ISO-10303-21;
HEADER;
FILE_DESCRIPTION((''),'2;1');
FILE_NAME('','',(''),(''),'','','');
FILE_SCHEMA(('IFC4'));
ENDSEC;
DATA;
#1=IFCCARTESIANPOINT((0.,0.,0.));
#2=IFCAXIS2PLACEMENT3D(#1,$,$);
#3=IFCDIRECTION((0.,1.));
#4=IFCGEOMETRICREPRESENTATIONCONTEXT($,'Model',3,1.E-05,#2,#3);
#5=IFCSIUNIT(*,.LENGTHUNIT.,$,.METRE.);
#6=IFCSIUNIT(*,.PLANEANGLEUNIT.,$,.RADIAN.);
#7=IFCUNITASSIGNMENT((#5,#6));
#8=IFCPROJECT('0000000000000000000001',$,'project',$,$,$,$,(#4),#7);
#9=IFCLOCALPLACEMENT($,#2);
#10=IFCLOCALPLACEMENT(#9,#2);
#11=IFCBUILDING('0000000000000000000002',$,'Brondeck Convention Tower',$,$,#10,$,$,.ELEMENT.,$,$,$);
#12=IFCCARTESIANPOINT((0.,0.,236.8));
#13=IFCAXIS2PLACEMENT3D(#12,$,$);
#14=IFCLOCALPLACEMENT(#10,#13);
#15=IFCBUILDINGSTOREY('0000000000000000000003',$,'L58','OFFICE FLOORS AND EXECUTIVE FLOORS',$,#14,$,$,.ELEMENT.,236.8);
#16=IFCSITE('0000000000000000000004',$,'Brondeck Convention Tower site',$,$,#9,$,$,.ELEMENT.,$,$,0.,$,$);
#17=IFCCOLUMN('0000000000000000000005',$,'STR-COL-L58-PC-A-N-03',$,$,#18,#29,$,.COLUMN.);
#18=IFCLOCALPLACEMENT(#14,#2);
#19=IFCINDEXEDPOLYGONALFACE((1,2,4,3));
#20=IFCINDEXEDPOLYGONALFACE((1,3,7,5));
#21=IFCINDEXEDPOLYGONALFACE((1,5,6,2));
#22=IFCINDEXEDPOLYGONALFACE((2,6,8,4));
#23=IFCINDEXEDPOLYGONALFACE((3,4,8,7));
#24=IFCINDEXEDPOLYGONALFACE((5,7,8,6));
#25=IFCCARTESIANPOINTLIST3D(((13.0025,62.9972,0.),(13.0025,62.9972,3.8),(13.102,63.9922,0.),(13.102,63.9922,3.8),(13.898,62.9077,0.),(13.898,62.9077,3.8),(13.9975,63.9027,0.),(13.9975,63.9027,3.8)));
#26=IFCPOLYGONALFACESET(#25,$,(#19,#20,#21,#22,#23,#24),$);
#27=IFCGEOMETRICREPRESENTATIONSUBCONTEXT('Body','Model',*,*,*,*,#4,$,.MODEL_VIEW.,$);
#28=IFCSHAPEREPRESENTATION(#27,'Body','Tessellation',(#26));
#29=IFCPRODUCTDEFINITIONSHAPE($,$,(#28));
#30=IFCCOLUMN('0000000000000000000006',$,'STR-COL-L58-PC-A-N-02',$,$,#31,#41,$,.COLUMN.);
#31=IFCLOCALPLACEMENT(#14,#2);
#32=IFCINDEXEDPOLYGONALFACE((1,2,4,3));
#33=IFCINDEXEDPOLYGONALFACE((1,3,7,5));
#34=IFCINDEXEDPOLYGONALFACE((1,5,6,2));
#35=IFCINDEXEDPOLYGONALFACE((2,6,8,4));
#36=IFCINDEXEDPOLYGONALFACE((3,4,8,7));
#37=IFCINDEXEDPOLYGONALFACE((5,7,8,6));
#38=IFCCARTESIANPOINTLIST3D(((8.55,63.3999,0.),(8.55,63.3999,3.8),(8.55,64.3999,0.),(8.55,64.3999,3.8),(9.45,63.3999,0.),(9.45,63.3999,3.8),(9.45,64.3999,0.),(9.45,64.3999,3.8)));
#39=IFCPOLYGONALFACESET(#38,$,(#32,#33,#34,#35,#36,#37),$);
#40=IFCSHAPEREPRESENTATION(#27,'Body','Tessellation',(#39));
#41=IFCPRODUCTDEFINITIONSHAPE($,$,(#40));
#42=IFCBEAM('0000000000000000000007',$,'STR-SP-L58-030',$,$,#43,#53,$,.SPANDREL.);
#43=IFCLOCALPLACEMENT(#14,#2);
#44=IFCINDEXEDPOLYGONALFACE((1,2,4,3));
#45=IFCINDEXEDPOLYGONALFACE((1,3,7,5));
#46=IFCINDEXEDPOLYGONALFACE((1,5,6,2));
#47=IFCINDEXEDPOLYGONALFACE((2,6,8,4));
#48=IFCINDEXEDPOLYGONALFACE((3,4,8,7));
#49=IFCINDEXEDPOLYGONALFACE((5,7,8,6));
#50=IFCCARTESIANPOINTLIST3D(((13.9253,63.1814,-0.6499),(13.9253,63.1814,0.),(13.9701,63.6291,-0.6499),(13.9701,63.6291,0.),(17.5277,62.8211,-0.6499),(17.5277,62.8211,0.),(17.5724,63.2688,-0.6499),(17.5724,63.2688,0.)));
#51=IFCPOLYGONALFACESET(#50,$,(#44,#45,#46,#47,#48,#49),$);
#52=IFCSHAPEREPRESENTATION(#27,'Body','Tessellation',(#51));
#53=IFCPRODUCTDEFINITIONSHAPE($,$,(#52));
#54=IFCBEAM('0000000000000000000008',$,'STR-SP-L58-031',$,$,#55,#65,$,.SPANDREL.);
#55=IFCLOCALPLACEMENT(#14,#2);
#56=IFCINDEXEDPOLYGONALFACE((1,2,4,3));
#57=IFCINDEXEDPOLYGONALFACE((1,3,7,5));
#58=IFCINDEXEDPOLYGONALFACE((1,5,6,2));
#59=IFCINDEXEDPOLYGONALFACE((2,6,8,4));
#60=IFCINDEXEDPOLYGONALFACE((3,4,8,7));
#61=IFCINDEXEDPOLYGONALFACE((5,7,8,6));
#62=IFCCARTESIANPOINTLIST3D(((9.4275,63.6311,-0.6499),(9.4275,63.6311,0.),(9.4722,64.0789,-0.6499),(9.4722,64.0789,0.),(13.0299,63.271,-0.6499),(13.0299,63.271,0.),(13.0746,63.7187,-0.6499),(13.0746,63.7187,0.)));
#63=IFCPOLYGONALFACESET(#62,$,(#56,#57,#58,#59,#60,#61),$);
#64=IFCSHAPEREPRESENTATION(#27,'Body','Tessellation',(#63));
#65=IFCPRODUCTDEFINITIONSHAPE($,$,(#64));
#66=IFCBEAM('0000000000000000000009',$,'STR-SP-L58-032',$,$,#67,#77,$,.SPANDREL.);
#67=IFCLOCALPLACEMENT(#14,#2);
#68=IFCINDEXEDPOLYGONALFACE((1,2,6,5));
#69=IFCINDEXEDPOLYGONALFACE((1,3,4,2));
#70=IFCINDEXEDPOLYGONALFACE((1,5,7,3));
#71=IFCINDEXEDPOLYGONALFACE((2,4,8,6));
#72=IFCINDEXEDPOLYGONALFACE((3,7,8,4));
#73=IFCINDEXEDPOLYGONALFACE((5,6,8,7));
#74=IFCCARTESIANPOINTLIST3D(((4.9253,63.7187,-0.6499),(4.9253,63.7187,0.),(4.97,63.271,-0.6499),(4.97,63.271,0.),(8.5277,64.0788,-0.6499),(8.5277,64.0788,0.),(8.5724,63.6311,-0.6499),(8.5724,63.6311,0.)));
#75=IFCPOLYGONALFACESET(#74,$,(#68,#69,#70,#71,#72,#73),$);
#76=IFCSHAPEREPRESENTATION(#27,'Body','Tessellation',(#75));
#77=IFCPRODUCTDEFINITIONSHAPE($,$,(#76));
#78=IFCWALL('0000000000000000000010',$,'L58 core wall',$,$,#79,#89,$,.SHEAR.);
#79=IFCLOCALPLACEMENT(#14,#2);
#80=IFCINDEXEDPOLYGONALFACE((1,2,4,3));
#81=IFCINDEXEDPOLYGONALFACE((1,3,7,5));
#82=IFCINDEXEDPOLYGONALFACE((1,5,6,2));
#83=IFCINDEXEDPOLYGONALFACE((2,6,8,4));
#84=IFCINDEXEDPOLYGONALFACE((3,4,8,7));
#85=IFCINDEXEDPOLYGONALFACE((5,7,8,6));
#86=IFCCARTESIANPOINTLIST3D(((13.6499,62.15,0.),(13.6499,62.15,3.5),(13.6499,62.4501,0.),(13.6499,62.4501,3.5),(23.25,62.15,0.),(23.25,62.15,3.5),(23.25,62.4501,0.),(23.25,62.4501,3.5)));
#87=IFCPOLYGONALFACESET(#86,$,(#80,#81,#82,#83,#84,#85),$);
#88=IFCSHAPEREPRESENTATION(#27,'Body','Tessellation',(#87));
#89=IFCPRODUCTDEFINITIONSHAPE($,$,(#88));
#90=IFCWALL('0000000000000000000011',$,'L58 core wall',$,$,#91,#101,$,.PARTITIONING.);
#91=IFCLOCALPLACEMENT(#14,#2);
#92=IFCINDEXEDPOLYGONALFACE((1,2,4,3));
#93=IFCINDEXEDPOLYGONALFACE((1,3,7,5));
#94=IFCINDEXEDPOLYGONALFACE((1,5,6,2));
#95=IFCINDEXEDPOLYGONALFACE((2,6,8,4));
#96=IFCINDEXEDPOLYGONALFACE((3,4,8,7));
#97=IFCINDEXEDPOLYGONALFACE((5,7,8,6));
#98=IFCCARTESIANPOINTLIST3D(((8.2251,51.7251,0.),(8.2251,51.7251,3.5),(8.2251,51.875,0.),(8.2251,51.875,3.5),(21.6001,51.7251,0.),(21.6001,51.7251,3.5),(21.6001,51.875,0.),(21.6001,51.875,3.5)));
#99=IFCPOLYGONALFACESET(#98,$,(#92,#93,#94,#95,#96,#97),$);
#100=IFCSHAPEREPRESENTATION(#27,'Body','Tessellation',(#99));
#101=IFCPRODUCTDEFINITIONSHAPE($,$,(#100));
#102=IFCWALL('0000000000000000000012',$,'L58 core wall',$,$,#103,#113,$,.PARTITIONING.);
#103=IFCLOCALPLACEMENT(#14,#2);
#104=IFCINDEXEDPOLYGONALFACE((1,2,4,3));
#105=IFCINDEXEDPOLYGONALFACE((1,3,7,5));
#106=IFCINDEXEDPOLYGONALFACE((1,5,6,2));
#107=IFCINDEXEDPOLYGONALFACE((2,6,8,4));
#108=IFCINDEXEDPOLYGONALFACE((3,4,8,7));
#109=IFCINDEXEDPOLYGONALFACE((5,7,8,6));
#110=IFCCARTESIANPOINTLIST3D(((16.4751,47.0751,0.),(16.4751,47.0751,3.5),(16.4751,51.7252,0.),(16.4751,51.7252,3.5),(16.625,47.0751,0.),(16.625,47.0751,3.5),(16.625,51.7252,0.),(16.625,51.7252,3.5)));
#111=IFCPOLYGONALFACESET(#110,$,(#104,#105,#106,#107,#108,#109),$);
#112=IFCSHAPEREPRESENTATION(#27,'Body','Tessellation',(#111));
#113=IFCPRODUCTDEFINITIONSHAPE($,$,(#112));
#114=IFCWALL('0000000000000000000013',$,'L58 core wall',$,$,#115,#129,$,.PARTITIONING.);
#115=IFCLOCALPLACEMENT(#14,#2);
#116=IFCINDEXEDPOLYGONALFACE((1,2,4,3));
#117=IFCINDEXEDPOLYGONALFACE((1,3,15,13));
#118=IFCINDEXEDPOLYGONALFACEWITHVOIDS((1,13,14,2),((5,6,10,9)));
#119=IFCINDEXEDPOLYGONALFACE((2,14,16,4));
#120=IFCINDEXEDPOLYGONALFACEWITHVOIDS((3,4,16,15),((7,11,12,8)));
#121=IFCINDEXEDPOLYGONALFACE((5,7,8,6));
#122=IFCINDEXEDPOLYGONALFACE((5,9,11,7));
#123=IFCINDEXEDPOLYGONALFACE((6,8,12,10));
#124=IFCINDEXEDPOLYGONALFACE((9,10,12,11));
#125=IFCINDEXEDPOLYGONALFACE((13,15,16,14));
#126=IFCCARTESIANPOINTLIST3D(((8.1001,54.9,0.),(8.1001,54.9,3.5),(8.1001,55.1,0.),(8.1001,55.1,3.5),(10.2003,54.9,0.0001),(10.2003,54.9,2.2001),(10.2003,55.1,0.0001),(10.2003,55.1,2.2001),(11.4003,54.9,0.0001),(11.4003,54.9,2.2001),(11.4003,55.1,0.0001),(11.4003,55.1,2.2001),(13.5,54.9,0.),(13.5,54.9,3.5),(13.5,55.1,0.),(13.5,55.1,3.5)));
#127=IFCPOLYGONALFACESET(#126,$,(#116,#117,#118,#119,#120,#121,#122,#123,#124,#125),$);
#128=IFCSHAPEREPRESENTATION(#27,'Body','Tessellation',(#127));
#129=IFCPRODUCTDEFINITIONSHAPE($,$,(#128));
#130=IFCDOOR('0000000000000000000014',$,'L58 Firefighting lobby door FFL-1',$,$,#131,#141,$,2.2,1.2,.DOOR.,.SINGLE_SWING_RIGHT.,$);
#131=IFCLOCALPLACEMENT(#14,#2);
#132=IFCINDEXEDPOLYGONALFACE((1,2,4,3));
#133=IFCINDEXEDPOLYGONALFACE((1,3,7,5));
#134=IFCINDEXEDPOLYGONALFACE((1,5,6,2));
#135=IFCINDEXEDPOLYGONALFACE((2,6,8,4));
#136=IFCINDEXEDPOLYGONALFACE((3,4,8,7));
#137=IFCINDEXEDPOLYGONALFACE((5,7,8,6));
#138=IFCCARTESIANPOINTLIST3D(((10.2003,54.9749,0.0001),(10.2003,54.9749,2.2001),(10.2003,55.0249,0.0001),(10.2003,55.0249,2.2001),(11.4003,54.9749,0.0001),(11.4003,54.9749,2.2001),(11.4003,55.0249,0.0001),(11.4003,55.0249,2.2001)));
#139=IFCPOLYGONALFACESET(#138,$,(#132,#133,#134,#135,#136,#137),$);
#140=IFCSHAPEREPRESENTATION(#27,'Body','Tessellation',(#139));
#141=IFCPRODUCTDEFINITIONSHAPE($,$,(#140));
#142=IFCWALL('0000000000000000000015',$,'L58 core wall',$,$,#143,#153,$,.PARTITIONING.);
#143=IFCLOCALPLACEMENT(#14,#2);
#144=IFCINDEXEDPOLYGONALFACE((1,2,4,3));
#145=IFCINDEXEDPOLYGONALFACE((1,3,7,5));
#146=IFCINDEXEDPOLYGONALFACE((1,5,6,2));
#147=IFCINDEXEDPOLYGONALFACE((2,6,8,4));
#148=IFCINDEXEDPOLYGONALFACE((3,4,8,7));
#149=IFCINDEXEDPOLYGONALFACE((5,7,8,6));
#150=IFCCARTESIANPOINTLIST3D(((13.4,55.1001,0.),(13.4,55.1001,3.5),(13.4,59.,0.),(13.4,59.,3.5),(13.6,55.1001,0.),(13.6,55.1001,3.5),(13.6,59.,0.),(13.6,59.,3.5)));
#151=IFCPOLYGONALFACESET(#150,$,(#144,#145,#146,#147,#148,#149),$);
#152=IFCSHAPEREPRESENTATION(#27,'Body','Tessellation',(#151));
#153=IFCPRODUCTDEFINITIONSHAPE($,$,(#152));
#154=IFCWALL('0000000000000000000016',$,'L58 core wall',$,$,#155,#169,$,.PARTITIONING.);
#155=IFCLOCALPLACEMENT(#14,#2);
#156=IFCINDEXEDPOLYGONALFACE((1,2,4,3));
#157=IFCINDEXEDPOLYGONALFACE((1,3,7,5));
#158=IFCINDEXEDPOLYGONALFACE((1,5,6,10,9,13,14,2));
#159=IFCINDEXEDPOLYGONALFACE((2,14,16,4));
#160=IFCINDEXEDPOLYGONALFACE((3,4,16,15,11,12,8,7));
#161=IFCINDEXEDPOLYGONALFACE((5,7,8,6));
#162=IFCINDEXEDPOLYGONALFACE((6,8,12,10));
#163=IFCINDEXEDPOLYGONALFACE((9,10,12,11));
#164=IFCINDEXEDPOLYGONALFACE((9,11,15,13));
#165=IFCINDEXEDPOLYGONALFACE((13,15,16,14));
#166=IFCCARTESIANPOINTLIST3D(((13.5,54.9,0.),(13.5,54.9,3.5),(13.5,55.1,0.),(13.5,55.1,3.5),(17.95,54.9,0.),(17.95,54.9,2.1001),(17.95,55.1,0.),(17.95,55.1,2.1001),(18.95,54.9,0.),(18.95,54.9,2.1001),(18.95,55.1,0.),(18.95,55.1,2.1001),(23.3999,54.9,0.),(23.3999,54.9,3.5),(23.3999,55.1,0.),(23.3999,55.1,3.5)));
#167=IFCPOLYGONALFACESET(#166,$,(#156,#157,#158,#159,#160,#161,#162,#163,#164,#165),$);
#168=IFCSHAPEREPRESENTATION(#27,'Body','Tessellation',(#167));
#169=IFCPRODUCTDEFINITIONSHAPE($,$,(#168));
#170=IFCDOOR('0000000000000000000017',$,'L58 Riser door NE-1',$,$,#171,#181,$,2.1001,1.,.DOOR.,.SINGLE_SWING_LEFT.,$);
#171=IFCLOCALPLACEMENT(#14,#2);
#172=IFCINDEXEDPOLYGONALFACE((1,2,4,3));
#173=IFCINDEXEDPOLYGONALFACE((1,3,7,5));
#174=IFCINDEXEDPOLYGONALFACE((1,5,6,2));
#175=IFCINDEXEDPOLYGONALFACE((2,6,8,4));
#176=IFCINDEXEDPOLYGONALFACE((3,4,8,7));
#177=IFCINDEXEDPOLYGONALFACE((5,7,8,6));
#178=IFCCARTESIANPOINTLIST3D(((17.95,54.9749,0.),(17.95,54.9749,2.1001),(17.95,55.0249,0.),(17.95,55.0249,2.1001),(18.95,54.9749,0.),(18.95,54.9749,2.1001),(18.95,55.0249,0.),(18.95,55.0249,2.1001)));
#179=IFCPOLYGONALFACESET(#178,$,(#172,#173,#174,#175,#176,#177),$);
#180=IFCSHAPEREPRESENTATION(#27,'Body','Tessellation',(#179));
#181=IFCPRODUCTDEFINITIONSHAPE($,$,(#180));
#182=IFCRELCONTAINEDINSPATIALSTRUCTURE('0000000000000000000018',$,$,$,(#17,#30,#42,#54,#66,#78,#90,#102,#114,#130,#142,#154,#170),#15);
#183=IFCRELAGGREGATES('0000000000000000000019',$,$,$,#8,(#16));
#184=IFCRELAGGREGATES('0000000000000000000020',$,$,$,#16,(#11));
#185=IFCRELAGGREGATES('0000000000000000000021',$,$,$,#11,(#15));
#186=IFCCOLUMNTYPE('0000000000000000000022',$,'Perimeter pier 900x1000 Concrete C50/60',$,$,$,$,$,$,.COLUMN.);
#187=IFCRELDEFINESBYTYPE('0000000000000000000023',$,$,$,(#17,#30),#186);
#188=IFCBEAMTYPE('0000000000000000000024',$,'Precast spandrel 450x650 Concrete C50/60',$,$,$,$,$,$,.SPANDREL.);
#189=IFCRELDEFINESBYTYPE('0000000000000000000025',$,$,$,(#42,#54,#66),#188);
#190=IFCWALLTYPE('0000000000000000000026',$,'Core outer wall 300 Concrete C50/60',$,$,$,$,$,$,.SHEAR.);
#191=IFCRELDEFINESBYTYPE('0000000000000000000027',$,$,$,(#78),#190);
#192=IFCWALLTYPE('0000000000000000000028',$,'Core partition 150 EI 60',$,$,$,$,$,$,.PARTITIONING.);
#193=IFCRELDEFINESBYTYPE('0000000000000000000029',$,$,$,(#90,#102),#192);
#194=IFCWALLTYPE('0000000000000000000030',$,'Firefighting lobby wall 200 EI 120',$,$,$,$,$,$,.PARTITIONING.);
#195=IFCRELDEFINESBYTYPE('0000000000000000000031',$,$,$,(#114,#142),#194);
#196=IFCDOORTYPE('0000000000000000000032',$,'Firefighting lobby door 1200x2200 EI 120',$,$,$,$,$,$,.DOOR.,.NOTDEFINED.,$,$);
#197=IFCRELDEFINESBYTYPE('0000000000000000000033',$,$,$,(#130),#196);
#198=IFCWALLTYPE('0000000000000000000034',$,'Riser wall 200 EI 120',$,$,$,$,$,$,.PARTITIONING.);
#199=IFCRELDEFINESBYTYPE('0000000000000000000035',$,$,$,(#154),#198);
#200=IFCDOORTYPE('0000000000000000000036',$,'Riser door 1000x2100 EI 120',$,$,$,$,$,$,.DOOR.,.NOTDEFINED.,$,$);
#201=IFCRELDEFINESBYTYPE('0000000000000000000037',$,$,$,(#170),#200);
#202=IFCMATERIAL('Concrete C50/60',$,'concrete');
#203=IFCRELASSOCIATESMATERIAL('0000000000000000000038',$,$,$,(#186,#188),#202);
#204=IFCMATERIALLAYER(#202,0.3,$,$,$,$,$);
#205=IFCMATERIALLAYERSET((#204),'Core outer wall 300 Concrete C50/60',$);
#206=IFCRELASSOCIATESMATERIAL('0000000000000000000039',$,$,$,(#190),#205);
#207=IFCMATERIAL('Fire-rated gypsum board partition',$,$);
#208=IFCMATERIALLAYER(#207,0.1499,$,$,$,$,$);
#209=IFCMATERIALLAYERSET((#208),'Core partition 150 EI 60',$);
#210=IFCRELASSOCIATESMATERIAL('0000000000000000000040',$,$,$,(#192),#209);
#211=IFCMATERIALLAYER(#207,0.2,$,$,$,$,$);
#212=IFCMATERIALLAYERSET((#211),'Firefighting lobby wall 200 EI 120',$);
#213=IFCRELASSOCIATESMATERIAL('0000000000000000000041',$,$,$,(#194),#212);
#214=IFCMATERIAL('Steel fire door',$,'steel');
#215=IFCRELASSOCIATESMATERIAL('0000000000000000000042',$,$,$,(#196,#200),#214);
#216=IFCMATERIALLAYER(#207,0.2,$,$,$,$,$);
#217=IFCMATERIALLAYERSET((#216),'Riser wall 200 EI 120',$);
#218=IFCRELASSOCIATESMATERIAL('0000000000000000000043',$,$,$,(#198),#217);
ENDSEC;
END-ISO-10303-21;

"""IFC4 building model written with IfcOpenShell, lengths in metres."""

from ifc_helpers import new_model, si_unit, direction, frame, frame_2d, origin, origin_2d, place, context, subcontext, project, spatial, rectangle, extrude, material, layer, layer_set, material_profile, profile_set, type_object, element, fill, save


model = new_model("IFC4")

# Units and contexts
model_context = context("Model", 3, precision=1e-05, world=origin(), true_north=direction((0.0, 1.0)))
body_context = subcontext(model_context, "Body", "Model", "MODEL_VIEW")
ifc_project = project(units=[si_unit("LENGTHUNIT", "METRE"), si_unit("PLANEANGLEUNIT", "RADIAN")], contexts=[model_context])

# Site, building, storey
site_placement = place(None, origin())
site = spatial("IfcSite", under=ifc_project, at=site_placement, Name="Brondeck Convention Tower site", CompositionType="ELEMENT", RefElevation=0.0)
building_placement = place(site_placement, origin())
building = spatial("IfcBuilding", under=site, at=building_placement, Name="Brondeck Convention Tower", CompositionType="ELEMENT")
storey_placement = place(building_placement, frame((0.0, 0.0, 236.8)))
storey = spatial("IfcBuildingStorey", under=building, at=storey_placement, Name="L58", Description="OFFICE FLOORS AND EXECUTIVE FLOORS", CompositionType="ELEMENT", Elevation=236.8)

# Columns
ifc_material_1 = material(Name="Concrete C50/60", Category="concrete")
ifc_material_profile_1 = material_profile(ifc_material_1, rectangle(XDim=0.8999, YDim=1.0, at=origin_2d()), Name="Perimeter pier 900x1000 Concrete C50/60")
ifc_profile_set_1 = profile_set([ifc_material_profile_1], Name="Concrete C50/60")
column_type = type_object("IfcColumnType", Name="Perimeter pier 900x1000 Concrete C50/60", PredefinedType="COLUMN", material=ifc_profile_set_1)
for number, where, z_axis, x_axis, name in (
    (1, (13.5, 63.45, 0.0), (0.0, 0.0, 1.0), (-0.995037, 0.099504, 0.0), "STR-COL-L58-PC-A-N-03"),
    (2, (9.0, 63.8999, 0.0), (0.0, 0.0, 1.0), (-1.0, 0.0, 0.0), "STR-COL-L58-PC-A-N-02"),
):
    element("IfcColumn", number, at=place(storey_placement, frame(where, z_axis=z_axis, x_axis=x_axis)), inside=storey, type_object=column_type, Name=name, PredefinedType="COLUMN", context=body_context, shape_type="SweptSolid", body=[
        extrude(rectangle(XDim=0.8999, YDim=1.0, at=origin_2d()), origin(), (0.0, 0.0, 1.0), 3.8),
    ])

# Beams
ifc_material_profile_2 = material_profile(ifc_material_1, rectangle(XDim=0.45, YDim=0.6499, at=origin_2d()), Name="Precast spandrel 450x650 Concrete C50/60")
ifc_profile_set_2 = profile_set([ifc_material_profile_2], Name="Concrete C50/60")
beam_type = type_object("IfcBeamType", Name="Precast spandrel 450x650 Concrete C50/60", PredefinedType="SPANDREL", material=ifc_profile_set_2)
for number, where, z_axis, x_axis, name in (
    (3, (17.55, 63.0449, -0.325), (-0.995034, 0.099537, 0.0), (-0.099537, -0.995034, 0.0), "STR-SP-L58-030"),
    (4, (13.0522, 63.4949, -0.325), (-0.995041, 0.09947, 0.0), (-0.09947, -0.995041, 0.0), "STR-SP-L58-031"),
    (5, (8.55, 63.855, -0.325), (-0.995041, -0.09947, 0.0), (0.09947, -0.995041, 0.0), "STR-SP-L58-032"),
):
    element("IfcBeam", number, at=place(storey_placement, frame(where, z_axis=z_axis, x_axis=x_axis)), inside=storey, type_object=beam_type, Name=name, PredefinedType="SPANDREL", context=body_context, shape_type="SweptSolid", body=[
        extrude(rectangle(XDim=0.45, YDim=0.6499, at=origin_2d()), origin(), (0.0, 0.0, 1.0), 3.6204),
    ])

# Walls
ifc_layer_1 = layer(ifc_material_1, 0.3)
ifc_layer_set_1 = layer_set([ifc_layer_1], Name="Core outer wall 300 Concrete C50/60")
wall_type_1 = type_object("IfcWallType", Name="Core outer wall 300 Concrete C50/60", PredefinedType="SHEAR", material=ifc_layer_set_1)
wall_1_placement = place(storey_placement, frame((13.6499, 62.3, 0.0), z_axis=(0.0, 0.0, 1.0), x_axis=(1.0, 0.0, 0.0)))
element("IfcWall", 6, at=wall_1_placement, inside=storey, type_object=wall_type_1, Name="L58 core wall", PredefinedType="SHEAR", context=body_context, shape_type="SweptSolid", body=[
    extrude(rectangle(XDim=9.6001, YDim=0.3, at=frame_2d((4.8, 0.0))), origin(), (0.0, 0.0, 1.0), 3.5),
])
ifc_material_2 = material(Name="Fire-rated gypsum board partition")
ifc_layer_2 = layer(ifc_material_2, 0.1499)
ifc_layer_set_2 = layer_set([ifc_layer_2], Name="Core partition 150 EI 60")
wall_type_2 = type_object("IfcWallType", Name="Core partition 150 EI 60", PredefinedType="PARTITIONING", material=ifc_layer_set_2)
wall_2_placement = place(storey_placement, frame((8.2251, 51.8, 0.0), z_axis=(0.0, 0.0, 1.0), x_axis=(1.0, 0.0, 0.0)))
element("IfcWall", 7, at=wall_2_placement, inside=storey, type_object=wall_type_2, Name="L58 core wall", PredefinedType="PARTITIONING", context=body_context, shape_type="SweptSolid", body=[
    extrude(rectangle(XDim=13.375, YDim=0.1499, at=frame_2d((6.6875, 0.0))), origin(), (0.0, 0.0, 1.0), 3.5),
])
wall_3_placement = place(storey_placement, frame((16.55, 47.075, 0.0), z_axis=(0.0, 0.0, 1.0), x_axis=(0.0, 1.0, 0.0)))
element("IfcWall", 8, at=wall_3_placement, inside=storey, type_object=wall_type_2, Name="L58 core wall", PredefinedType="PARTITIONING", context=body_context, shape_type="SweptSolid", body=[
    extrude(rectangle(XDim=4.6501, YDim=0.1499, at=frame_2d((2.3252, 0.0))), origin(), (0.0, 0.0, 1.0), 3.5),
])

# Wall, opening, door
ifc_layer_3 = layer(ifc_material_2, 0.2)
ifc_layer_set_3 = layer_set([ifc_layer_3], Name="Firefighting lobby wall 200 EI 120")
wall_type_3 = type_object("IfcWallType", Name="Firefighting lobby wall 200 EI 120", PredefinedType="PARTITIONING", material=ifc_layer_set_3)
wall_4_placement = place(storey_placement, frame((8.1001, 55.0, 0.0), z_axis=(0.0, 0.0, 1.0), x_axis=(1.0, 0.0, 0.0)))
wall_4 = element("IfcWall", 9, at=wall_4_placement, inside=storey, type_object=wall_type_3, Name="L58 core wall", PredefinedType="PARTITIONING", context=body_context, shape_type="SweptSolid", body=[
    extrude(rectangle(XDim=5.3999, YDim=0.2, at=frame_2d((2.7, 0.0))), origin(), (0.0, 0.0, 1.0), 3.5),
])
opening_1_placement = place(wall_4_placement, frame((2.1001, 0.0, 0.0)))
opening_1 = element("IfcOpeningElement", 10, at=opening_1_placement, cuts=wall_4, PredefinedType="OPENING", context=body_context, shape_type="SweptSolid", body=[
    extrude(rectangle(XDim=1.2, YDim=2.2, at=frame_2d((0.6001, 1.1001))), frame((0.0, 0.1099, 0.0), z_axis=(0.0, -1.0, 0.0), x_axis=(1.0, 0.0, 0.0)), (0.0, 0.0, 1.0), 0.22),
])
ifc_material_3 = material(Name="Steel fire door", Category="steel")
door_type_1 = type_object("IfcDoorType", Name="Firefighting lobby door 1200x2200 EI 120", OperationType="NOTDEFINED", PredefinedType="DOOR", material=ifc_material_3)
door_1_placement = place(opening_1_placement, origin())
door_1 = element("IfcDoor", 11, at=door_1_placement, inside=storey, type_object=door_type_1, Name="L58 Firefighting lobby door FFL-1", OperationType="SINGLE_SWING_RIGHT", OverallHeight=2.2, OverallWidth=1.2, PredefinedType="DOOR", context=body_context, shape_type="SweptSolid", body=[
    extrude(rectangle(XDim=1.2, YDim=2.2, at=frame_2d((0.6001, 1.1001))), frame((0.0, 0.0249, 0.0), z_axis=(0.0, -1.0, 0.0), x_axis=(1.0, 0.0, 0.0)), (0.0, 0.0, 1.0), 0.05),
])
fill(opening_1, door_1)

# Wall
wall_5_placement = place(storey_placement, frame((13.5, 55.1001, 0.0), z_axis=(0.0, 0.0, 1.0), x_axis=(0.0, 1.0, 0.0)))
element("IfcWall", 12, at=wall_5_placement, inside=storey, type_object=wall_type_3, Name="L58 core wall", PredefinedType="PARTITIONING", context=body_context, shape_type="SweptSolid", body=[
    extrude(rectangle(XDim=3.8999, YDim=0.2, at=frame_2d((1.95, 0.0))), origin(), (0.0, 0.0, 1.0), 3.5),
])

# Wall, opening, door
ifc_layer_4 = layer(ifc_material_2, 0.2)
ifc_layer_set_4 = layer_set([ifc_layer_4], Name="Riser wall 200 EI 120")
wall_type_4 = type_object("IfcWallType", Name="Riser wall 200 EI 120", PredefinedType="PARTITIONING", material=ifc_layer_set_4)
wall_6_placement = place(storey_placement, frame((13.5, 55.0, 0.0), z_axis=(0.0, 0.0, 1.0), x_axis=(1.0, 0.0, 0.0)))
wall_6 = element("IfcWall", 13, at=wall_6_placement, inside=storey, type_object=wall_type_4, Name="L58 core wall", PredefinedType="PARTITIONING", context=body_context, shape_type="SweptSolid", body=[
    extrude(rectangle(XDim=9.8999, YDim=0.2, at=frame_2d((4.95, 0.0))), origin(), (0.0, 0.0, 1.0), 3.5),
])
opening_2_placement = place(wall_6_placement, frame((4.45, 0.0, 0.0)))
opening_2 = element("IfcOpeningElement", 14, at=opening_2_placement, cuts=wall_6, PredefinedType="OPENING", context=body_context, shape_type="SweptSolid", body=[
    extrude(rectangle(XDim=1.0, YDim=2.1001, at=frame_2d((0.5, 1.05))), frame((0.0, 0.1099, 0.0), z_axis=(0.0, -1.0, 0.0), x_axis=(1.0, 0.0, 0.0)), (0.0, 0.0, 1.0), 0.22),
])
door_type_2 = type_object("IfcDoorType", Name="Riser door 1000x2100 EI 120", OperationType="NOTDEFINED", PredefinedType="DOOR", material=ifc_material_3)
door_2_placement = place(opening_2_placement, origin())
door_2 = element("IfcDoor", 15, at=door_2_placement, inside=storey, type_object=door_type_2, Name="L58 Riser door NE-1", OperationType="SINGLE_SWING_LEFT", OverallHeight=2.1001, OverallWidth=1.0, PredefinedType="DOOR", context=body_context, shape_type="SweptSolid", body=[
    extrude(rectangle(XDim=1.0, YDim=2.1001, at=frame_2d((0.5, 1.05))), frame((0.0, 0.0249, 0.0), z_axis=(0.0, -1.0, 0.0), x_axis=(1.0, 0.0, 0.0)), (0.0, 0.0, 1.0), 0.05),
])
fill(opening_2, door_2)

save(model, "model.ifc")
